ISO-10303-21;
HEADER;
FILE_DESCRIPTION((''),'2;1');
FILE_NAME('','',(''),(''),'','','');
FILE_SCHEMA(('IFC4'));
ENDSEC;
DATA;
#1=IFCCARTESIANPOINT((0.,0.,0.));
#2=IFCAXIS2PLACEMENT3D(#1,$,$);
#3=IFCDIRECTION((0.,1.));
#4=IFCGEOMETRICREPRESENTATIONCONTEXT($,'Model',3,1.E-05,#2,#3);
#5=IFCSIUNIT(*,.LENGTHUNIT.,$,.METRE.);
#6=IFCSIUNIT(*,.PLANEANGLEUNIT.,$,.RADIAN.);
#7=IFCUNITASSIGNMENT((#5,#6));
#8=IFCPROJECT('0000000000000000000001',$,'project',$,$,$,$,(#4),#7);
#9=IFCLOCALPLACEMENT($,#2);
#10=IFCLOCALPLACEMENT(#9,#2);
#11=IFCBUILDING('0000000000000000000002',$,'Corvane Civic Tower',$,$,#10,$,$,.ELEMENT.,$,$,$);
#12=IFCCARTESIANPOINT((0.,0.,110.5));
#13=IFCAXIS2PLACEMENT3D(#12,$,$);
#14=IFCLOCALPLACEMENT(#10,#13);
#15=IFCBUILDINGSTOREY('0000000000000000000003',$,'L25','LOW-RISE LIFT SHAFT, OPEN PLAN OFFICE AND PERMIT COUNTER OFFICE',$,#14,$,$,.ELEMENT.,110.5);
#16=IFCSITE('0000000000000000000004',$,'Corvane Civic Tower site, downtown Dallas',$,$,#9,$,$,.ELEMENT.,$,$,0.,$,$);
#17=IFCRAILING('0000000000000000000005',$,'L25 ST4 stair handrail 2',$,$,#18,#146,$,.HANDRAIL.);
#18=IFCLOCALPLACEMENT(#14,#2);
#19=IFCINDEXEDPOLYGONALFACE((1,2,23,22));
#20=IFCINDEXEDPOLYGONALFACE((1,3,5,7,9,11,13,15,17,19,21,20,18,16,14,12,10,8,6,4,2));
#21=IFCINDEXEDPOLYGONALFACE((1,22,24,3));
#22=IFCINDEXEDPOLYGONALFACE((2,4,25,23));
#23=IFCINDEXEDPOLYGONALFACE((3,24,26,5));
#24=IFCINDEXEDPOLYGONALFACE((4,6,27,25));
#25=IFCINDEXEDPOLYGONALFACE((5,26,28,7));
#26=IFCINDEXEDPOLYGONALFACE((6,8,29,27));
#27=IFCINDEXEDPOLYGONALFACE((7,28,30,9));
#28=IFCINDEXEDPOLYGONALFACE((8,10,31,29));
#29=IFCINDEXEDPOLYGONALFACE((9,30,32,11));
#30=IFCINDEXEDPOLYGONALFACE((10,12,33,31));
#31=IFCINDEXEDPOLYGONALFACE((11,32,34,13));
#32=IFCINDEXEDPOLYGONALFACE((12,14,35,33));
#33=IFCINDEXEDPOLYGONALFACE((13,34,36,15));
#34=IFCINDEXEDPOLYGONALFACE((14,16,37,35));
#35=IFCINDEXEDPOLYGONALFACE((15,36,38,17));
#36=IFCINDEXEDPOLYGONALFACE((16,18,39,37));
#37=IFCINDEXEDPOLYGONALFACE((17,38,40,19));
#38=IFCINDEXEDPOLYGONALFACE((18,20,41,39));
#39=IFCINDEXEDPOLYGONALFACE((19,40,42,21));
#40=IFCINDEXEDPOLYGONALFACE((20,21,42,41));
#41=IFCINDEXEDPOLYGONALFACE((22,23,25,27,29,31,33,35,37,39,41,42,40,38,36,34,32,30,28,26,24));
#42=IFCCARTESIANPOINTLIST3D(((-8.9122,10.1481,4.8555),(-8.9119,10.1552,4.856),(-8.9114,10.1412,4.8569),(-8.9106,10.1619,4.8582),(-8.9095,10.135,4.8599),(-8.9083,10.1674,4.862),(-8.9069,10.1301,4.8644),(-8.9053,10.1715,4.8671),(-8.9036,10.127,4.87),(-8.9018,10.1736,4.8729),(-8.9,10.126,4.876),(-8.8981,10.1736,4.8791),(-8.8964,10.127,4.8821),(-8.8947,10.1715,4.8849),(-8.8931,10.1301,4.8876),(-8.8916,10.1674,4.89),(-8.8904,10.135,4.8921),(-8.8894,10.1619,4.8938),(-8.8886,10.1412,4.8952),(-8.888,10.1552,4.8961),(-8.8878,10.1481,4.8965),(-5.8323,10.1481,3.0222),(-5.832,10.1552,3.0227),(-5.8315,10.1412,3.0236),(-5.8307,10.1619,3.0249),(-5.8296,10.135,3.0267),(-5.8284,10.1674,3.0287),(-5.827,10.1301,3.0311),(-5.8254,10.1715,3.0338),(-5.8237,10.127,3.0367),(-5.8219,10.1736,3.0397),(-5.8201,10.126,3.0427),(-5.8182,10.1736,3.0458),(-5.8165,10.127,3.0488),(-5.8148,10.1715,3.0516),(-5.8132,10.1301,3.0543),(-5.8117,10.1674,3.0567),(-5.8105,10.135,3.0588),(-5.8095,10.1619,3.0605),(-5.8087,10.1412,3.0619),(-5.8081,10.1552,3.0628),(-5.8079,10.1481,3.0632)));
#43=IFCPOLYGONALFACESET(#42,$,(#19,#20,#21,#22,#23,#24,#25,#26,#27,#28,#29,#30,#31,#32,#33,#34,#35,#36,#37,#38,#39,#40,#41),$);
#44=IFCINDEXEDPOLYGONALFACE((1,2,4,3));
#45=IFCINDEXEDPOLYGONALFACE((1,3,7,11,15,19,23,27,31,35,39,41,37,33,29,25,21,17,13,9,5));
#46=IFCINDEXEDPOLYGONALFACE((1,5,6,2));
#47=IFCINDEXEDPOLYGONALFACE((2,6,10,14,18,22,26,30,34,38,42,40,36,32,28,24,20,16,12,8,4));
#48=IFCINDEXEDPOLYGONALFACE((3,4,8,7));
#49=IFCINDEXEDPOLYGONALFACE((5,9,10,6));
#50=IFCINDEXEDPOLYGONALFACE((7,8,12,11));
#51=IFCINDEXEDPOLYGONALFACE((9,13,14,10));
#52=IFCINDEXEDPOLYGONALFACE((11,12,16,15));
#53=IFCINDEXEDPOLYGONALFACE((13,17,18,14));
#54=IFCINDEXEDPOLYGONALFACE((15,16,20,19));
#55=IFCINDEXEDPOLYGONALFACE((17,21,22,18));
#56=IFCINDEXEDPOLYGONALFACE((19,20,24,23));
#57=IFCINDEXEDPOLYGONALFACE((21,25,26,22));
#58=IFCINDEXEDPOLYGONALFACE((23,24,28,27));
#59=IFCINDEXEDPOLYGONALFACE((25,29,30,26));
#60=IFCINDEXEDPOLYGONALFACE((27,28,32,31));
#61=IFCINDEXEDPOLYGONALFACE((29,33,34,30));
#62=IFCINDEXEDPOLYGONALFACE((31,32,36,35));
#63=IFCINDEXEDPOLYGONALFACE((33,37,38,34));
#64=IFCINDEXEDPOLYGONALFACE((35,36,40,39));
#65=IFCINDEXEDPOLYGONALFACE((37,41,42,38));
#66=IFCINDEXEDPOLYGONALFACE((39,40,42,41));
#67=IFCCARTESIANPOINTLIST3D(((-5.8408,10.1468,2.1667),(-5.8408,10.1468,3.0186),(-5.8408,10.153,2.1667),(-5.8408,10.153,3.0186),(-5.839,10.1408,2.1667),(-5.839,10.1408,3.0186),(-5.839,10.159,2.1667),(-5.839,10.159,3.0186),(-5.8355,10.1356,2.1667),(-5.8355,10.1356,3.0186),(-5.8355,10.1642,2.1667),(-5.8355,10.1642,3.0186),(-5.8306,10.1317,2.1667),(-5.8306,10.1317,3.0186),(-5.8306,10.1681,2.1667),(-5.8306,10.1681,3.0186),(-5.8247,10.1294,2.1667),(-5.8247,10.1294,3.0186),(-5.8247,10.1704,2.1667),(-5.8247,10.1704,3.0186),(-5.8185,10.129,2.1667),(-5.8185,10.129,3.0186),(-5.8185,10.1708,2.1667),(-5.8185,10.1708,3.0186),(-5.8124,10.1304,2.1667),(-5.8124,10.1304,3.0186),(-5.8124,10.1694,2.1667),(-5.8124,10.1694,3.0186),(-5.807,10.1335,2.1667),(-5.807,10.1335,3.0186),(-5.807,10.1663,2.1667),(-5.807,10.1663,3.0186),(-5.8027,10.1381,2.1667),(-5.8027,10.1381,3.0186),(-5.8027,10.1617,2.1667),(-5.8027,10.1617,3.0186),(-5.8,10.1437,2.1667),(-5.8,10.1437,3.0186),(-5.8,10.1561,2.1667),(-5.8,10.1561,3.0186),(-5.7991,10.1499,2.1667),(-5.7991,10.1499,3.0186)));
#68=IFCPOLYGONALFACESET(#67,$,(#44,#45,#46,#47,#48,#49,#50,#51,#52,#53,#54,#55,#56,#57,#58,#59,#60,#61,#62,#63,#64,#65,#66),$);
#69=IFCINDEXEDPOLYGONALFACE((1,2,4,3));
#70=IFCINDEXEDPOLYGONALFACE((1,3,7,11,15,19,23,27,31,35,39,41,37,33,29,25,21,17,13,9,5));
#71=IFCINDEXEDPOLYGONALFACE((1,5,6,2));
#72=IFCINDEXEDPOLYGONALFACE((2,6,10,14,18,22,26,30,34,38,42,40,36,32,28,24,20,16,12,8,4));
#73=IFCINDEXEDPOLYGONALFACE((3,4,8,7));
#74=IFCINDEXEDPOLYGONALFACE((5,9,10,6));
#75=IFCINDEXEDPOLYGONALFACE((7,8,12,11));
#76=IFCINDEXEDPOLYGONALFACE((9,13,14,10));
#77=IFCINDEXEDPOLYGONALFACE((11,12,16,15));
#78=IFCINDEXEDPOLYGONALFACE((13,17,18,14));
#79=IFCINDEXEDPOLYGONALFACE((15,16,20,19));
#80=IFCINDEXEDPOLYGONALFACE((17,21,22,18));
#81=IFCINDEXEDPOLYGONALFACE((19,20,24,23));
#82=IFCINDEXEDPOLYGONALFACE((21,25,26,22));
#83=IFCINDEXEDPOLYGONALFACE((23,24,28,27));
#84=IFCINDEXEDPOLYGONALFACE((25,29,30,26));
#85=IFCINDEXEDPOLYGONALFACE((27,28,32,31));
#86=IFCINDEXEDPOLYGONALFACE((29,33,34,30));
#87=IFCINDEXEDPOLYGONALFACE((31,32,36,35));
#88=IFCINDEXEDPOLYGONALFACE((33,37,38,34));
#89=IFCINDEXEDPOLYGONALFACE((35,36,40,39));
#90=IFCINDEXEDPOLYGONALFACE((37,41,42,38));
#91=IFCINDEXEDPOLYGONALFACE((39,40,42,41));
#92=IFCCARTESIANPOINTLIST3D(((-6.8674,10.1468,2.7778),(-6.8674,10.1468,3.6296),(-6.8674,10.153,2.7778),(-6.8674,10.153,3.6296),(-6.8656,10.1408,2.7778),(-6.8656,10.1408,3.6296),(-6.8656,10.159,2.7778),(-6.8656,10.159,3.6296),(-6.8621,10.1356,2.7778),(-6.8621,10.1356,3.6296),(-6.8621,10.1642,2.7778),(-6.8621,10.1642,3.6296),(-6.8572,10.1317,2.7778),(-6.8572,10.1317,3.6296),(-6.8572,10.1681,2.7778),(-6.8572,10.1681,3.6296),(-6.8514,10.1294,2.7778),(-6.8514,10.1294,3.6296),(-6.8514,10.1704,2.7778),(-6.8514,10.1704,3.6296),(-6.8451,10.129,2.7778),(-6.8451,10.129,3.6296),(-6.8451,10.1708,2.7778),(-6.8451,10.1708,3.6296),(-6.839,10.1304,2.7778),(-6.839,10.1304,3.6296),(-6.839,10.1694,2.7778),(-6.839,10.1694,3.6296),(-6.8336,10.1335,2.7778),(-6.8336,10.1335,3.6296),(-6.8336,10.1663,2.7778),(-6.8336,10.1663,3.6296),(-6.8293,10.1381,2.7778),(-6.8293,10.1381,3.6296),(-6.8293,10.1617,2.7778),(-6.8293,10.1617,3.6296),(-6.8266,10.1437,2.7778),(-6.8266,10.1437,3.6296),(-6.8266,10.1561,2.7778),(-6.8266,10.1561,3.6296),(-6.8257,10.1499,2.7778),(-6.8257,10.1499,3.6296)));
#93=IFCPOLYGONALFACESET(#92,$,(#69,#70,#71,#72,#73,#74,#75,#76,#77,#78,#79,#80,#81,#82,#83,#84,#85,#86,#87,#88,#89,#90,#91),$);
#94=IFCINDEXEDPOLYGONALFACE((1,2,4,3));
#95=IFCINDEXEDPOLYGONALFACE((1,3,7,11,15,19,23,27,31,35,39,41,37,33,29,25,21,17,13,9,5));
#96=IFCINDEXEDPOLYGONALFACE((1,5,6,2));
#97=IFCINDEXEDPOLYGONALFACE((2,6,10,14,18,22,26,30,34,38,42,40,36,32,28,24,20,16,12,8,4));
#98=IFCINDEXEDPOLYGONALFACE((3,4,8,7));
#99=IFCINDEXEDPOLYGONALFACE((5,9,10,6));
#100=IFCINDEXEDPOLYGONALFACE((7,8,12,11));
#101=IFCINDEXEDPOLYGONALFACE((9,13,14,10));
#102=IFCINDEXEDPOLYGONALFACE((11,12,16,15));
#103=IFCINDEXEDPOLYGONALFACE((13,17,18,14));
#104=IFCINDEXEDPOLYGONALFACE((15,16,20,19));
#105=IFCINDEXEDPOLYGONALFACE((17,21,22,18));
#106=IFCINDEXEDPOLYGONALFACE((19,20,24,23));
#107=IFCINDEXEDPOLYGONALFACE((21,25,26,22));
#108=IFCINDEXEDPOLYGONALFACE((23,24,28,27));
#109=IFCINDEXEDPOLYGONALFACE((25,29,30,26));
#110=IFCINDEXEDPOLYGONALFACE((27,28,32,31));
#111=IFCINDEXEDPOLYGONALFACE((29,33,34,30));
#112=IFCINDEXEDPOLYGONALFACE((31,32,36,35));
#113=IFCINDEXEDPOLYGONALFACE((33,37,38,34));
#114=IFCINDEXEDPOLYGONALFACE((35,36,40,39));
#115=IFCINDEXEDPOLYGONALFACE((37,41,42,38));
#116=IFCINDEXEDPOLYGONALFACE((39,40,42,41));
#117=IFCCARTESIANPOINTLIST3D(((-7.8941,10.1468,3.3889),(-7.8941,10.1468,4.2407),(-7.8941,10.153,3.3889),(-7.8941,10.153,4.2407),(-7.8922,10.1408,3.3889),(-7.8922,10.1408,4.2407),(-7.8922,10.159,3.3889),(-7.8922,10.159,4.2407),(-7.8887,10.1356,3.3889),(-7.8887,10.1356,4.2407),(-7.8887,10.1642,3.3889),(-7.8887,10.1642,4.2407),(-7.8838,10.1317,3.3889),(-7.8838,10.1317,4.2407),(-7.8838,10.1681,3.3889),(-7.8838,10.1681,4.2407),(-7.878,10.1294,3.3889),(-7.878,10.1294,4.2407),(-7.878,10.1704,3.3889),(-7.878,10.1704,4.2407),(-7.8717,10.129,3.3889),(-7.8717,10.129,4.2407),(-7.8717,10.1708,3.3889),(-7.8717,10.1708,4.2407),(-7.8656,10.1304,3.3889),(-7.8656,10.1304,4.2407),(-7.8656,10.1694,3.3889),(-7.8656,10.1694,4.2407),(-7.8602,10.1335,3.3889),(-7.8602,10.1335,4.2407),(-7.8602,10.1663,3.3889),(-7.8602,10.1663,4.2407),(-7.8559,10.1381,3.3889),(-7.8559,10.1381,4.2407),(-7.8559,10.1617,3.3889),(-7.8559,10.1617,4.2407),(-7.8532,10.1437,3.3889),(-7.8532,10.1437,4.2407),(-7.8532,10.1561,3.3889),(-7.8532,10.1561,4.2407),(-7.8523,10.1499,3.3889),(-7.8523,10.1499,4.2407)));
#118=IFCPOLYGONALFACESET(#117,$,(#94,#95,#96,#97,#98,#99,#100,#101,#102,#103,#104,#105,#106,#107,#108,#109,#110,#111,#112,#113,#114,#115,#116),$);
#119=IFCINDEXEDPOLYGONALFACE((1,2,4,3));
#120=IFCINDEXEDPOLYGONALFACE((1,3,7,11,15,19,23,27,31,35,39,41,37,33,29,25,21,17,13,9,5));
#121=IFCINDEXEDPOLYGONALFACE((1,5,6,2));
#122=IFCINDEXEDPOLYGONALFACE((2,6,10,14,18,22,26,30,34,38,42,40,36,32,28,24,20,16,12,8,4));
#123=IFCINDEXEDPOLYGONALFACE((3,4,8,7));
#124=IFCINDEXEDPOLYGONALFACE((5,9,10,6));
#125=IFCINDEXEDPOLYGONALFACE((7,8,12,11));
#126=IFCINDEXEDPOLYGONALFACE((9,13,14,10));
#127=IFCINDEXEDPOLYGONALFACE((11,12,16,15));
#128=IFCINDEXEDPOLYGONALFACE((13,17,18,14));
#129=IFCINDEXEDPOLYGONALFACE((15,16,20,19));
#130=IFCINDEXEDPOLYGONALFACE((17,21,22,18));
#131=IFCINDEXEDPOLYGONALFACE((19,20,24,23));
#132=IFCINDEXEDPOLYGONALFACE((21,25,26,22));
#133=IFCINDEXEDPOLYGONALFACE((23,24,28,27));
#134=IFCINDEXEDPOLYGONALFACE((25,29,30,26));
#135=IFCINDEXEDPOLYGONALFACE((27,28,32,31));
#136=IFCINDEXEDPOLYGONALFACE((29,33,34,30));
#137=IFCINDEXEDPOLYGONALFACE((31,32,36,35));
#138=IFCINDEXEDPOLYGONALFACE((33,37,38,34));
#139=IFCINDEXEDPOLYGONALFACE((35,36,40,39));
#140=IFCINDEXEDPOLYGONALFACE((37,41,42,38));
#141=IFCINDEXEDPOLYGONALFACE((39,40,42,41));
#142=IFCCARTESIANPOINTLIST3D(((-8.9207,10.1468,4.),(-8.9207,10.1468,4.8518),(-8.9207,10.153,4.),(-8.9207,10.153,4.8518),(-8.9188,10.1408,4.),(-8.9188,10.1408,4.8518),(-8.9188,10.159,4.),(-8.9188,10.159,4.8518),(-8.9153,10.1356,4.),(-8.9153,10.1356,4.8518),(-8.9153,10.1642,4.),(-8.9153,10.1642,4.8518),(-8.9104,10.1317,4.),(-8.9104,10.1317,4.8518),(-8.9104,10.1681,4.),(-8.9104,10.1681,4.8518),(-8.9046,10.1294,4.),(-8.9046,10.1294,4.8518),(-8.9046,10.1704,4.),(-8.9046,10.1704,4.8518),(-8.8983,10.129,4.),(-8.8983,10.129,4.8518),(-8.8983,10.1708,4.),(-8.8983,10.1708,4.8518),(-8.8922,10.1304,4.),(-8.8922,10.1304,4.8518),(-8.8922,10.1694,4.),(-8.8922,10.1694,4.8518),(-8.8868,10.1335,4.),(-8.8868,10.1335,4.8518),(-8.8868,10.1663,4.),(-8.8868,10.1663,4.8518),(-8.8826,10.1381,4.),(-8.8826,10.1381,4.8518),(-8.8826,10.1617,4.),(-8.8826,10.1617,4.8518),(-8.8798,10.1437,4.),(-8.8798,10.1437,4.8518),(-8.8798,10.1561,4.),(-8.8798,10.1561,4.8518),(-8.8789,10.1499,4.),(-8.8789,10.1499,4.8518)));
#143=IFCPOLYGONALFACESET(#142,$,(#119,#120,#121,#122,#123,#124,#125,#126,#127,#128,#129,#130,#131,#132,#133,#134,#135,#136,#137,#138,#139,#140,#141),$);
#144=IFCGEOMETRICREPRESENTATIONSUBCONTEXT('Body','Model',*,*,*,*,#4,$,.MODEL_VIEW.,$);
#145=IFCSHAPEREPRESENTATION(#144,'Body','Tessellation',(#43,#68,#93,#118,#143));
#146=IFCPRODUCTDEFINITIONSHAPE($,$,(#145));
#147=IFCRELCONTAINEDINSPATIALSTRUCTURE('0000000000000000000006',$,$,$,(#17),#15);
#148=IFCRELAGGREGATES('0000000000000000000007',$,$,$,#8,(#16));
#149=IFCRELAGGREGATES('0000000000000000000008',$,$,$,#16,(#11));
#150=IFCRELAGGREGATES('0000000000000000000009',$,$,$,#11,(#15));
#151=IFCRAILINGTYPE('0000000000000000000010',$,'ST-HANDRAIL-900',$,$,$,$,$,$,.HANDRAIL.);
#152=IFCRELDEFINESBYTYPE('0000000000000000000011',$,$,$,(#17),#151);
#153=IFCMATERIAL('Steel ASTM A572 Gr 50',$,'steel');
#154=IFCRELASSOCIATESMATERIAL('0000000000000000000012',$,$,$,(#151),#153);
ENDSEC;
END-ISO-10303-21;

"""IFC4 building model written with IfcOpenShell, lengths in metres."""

from ifc_helpers import new_model, si_unit, direction, frame, origin, origin_2d, place, context, subcontext, project, spatial, circle, extrude, material, type_object, element, save


model = new_model("IFC4")

# Units and contexts
model_context = context("Model", 3, precision=1e-05, world=origin(), true_north=direction((0.0, 1.0)))
body_context = subcontext(model_context, "Body", "Model", "MODEL_VIEW")
ifc_project = project(units=[si_unit("LENGTHUNIT", "METRE"), si_unit("PLANEANGLEUNIT", "RADIAN")], contexts=[model_context])

# Site, building, storey
site_placement = place(None, origin())
site = spatial("IfcSite", under=ifc_project, at=site_placement, Name="Corvane Civic Tower site, downtown Dallas", CompositionType="ELEMENT", RefElevation=0.0)
building_placement = place(site_placement, origin())
building = spatial("IfcBuilding", under=site, at=building_placement, Name="Corvane Civic Tower", CompositionType="ELEMENT")
storey_placement = place(building_placement, frame((0.0, 0.0, 110.5)))
storey = spatial("IfcBuildingStorey", under=building, at=storey_placement, Name="L25", Description="LOW-RISE LIFT SHAFT, OPEN PLAN OFFICE AND PERMIT COUNTER OFFICE", CompositionType="ELEMENT", Elevation=110.5)

# Railing
ifc_material_1 = material(Name="Steel ASTM A572 Gr 50", Category="steel")
railing_type = type_object("IfcRailingType", Name="ST-HANDRAIL-900", PredefinedType="HANDRAIL", material=ifc_material_1)
railing_placement = place(storey_placement, frame((-5.8201, 10.1499, 2.1667)))
element("IfcRailing", 1, at=railing_placement, inside=storey, type_object=railing_type, Name="L25 ST4 stair handrail 2", PredefinedType="HANDRAIL", context=body_context, shape_type="SweptSolid", body=[
    extrude(circle(Radius=0.0239, at=origin_2d()), frame((0.0, 0.0, 0.876), z_axis=(-0.859291, 0.0, 0.511487), x_axis=(0.0, -1.0, 0.0)), (0.0, 0.0, 1.0), 3.5842),
    extrude(circle(Radius=0.021, at=origin_2d()), origin(), (0.0, 0.0, 1.0), 0.8518),
    extrude(circle(Radius=0.021, at=origin_2d()), frame((-1.0266, 0.0, 0.6111)), (0.0, 0.0, 1.0), 0.8518),
    extrude(circle(Radius=0.021, at=origin_2d()), frame((-2.0532, 0.0, 1.2222)), (0.0, 0.0, 1.0), 0.8518),
    extrude(circle(Radius=0.021, at=origin_2d()), frame((-3.0798, 0.0, 1.8333)), (0.0, 0.0, 1.0), 0.8518),
])

save(model, "model.ifc")
